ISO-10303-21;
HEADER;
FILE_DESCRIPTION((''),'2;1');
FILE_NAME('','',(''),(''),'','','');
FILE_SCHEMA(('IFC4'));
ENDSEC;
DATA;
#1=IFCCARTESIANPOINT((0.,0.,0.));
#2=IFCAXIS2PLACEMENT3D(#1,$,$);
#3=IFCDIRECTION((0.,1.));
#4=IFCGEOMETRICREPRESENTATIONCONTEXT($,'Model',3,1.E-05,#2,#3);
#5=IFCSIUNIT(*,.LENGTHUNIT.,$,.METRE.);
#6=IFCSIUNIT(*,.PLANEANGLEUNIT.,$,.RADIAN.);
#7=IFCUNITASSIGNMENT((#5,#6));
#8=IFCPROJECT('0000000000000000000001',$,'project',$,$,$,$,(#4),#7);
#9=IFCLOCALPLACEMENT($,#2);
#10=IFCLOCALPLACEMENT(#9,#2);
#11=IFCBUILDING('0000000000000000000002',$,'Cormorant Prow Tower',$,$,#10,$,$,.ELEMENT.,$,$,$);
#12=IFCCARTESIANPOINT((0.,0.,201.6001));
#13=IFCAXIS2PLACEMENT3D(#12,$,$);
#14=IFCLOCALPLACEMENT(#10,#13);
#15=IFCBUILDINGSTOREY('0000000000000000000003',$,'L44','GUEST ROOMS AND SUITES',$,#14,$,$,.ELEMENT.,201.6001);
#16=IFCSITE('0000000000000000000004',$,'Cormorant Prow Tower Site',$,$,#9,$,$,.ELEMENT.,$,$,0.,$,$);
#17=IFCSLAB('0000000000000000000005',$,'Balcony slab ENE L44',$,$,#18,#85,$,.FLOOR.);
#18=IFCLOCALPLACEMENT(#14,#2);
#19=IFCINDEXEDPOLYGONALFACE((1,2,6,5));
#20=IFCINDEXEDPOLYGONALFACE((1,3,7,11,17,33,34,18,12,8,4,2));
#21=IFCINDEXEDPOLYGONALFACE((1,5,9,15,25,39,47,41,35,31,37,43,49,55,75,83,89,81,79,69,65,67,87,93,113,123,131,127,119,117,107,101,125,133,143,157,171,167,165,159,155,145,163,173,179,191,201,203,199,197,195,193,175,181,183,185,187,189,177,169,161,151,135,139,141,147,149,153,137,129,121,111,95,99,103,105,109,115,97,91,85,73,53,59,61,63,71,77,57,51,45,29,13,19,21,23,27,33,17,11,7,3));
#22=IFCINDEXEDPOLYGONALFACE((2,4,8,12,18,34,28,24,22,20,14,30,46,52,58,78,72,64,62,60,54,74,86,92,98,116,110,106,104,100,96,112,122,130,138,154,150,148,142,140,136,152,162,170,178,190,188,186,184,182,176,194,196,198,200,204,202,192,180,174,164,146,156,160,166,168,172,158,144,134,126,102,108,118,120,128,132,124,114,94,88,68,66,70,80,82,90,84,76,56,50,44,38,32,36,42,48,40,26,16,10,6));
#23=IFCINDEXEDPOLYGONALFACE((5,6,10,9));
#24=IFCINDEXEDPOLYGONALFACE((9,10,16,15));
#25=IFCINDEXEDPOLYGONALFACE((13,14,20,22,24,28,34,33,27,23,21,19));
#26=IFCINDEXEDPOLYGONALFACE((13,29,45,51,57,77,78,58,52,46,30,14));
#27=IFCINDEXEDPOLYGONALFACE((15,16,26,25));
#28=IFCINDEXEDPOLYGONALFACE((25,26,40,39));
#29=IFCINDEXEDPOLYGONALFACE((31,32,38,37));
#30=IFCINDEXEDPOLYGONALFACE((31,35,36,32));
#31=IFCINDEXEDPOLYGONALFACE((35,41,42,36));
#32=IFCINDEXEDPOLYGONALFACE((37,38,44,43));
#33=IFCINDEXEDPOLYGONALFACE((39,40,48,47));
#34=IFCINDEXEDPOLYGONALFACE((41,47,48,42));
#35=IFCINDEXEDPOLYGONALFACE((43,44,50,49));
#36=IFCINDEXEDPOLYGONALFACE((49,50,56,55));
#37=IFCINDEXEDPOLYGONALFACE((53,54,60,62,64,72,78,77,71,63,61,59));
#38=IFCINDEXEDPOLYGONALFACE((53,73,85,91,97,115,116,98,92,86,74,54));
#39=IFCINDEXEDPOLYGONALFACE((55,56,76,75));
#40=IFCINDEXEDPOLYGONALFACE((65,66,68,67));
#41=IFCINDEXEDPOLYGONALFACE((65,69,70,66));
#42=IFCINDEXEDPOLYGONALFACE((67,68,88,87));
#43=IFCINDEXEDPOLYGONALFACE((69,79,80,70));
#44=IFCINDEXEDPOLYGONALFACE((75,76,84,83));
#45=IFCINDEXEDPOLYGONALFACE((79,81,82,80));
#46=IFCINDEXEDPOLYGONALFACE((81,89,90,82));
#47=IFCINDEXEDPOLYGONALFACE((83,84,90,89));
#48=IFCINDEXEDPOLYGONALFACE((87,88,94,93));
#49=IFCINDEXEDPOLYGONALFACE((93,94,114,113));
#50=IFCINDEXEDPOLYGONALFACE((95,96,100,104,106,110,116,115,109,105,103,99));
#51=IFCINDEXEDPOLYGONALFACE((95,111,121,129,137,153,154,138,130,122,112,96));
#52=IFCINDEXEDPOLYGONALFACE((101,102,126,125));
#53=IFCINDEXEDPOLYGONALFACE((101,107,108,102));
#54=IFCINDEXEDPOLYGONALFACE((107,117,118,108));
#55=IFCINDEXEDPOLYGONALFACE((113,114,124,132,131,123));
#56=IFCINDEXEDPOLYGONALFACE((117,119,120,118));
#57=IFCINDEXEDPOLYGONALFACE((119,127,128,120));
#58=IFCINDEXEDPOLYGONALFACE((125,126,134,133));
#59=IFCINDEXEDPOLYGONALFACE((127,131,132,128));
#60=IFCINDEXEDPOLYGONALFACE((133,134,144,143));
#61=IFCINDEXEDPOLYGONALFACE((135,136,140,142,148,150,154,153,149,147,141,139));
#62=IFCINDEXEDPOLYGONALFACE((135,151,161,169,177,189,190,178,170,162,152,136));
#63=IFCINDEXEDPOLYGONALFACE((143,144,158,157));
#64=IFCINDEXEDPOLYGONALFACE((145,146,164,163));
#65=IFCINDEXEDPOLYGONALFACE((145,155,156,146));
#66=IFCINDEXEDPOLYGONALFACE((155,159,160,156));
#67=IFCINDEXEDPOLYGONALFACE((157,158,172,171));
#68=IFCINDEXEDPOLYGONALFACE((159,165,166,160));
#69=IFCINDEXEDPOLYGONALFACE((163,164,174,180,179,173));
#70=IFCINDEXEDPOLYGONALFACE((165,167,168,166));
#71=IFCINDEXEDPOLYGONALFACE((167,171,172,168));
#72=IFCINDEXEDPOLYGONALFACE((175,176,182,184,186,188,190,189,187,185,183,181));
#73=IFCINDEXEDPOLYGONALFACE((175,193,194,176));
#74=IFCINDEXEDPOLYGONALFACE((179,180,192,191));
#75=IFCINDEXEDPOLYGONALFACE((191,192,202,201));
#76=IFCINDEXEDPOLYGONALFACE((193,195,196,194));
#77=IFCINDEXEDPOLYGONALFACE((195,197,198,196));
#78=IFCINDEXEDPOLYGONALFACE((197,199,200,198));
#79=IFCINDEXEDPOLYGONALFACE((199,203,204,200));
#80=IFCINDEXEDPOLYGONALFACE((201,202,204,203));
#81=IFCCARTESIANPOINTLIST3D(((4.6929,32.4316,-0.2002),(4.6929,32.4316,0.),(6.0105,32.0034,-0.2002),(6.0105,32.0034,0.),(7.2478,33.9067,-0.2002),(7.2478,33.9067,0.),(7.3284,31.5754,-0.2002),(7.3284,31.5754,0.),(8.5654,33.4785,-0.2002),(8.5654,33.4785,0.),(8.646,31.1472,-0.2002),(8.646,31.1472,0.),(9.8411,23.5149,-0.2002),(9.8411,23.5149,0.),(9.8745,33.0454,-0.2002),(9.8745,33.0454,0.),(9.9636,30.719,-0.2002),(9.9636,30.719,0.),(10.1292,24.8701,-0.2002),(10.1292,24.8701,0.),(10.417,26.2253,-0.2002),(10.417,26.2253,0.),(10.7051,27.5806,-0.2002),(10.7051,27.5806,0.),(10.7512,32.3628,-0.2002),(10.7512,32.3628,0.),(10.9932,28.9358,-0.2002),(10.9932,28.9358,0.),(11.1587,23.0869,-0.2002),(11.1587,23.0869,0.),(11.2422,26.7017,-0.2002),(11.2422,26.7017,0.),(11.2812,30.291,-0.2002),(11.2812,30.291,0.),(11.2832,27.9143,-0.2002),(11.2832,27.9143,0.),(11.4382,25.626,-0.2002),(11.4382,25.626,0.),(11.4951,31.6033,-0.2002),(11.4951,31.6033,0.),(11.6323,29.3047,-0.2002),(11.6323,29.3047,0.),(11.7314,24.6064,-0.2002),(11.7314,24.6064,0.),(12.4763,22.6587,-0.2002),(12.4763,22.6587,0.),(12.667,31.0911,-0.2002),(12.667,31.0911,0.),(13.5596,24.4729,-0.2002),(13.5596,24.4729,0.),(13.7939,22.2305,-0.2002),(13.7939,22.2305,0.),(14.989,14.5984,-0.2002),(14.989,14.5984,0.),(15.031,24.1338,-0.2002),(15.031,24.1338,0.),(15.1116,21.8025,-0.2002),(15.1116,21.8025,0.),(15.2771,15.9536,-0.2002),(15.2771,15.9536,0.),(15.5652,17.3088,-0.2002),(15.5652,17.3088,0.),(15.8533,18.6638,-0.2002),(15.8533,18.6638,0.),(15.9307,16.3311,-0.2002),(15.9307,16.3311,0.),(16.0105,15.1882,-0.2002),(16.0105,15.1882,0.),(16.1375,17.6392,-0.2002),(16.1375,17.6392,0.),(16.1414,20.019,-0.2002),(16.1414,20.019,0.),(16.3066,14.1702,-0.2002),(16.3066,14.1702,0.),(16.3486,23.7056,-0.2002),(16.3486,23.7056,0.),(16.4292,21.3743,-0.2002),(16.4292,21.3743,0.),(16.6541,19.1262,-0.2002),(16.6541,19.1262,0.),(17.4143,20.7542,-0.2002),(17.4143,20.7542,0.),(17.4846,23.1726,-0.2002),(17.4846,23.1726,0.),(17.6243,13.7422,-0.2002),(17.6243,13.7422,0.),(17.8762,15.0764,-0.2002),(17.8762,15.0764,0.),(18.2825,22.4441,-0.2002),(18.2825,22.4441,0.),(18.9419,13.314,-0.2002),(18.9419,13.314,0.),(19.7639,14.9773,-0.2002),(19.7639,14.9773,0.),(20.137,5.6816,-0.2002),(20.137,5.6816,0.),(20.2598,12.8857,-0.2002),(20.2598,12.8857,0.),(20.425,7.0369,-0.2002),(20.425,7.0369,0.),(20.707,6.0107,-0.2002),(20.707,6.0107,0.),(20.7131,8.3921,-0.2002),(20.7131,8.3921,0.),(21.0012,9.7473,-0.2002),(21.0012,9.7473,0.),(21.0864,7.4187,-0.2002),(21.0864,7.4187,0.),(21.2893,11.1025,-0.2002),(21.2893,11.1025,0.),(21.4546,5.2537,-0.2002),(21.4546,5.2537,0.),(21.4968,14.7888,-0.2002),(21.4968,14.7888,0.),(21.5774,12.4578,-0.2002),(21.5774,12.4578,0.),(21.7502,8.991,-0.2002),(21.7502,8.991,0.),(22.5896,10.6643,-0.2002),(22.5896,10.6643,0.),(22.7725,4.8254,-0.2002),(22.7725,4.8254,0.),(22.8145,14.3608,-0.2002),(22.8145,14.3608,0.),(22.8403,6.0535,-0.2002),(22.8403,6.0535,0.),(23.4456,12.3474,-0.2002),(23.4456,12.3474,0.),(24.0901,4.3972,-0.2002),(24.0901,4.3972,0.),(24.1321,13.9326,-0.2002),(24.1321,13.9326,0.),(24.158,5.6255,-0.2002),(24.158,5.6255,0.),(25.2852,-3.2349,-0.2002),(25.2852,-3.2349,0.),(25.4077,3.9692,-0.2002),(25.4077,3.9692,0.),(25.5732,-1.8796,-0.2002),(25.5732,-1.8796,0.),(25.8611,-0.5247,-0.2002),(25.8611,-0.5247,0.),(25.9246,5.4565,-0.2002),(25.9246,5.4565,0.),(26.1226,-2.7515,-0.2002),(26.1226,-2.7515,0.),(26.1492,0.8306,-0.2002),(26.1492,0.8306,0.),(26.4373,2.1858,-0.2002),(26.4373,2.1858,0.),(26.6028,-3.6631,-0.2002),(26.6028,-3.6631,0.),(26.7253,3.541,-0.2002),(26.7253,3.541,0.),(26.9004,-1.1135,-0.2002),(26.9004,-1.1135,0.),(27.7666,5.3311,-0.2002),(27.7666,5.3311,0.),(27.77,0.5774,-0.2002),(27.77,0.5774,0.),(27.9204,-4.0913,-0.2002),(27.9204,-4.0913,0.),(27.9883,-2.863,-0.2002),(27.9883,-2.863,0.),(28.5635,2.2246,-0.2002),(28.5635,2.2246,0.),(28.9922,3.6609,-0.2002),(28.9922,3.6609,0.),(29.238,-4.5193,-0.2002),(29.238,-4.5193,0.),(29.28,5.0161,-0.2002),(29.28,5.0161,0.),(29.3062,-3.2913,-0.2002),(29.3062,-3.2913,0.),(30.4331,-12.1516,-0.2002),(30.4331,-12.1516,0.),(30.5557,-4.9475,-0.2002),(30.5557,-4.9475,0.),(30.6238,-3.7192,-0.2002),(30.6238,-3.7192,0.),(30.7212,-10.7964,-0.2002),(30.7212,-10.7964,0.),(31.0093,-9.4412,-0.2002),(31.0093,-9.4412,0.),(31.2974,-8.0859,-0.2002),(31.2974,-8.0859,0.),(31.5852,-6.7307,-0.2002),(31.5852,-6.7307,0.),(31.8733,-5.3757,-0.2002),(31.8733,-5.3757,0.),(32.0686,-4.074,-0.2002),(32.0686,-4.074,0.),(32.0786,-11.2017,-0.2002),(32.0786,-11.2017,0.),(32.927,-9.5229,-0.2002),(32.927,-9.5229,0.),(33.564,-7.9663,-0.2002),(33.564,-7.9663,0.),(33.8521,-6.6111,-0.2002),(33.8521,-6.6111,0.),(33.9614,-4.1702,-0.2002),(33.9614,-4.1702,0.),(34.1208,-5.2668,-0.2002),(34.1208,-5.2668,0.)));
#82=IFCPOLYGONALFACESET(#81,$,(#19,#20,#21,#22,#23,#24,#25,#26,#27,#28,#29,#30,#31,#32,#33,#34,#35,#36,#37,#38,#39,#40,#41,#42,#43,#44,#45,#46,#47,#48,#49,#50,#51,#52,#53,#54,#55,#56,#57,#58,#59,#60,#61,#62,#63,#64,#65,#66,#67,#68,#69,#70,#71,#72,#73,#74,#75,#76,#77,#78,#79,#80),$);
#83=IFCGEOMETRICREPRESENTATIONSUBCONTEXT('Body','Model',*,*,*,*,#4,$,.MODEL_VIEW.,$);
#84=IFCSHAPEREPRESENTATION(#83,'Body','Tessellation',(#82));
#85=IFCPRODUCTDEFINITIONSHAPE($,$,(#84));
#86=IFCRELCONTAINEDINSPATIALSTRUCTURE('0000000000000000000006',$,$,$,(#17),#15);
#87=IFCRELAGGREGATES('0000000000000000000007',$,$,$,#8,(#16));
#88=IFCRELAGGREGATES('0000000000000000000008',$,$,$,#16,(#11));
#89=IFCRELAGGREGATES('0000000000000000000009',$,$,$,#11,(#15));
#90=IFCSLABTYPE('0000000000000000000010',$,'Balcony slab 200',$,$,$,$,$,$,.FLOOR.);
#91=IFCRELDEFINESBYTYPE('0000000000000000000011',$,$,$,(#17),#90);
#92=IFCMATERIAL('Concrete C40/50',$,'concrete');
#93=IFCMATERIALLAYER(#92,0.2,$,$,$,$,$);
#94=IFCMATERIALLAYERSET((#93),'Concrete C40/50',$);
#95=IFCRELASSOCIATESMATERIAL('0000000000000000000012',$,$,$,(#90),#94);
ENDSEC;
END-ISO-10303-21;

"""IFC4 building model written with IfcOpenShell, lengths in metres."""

from ifc_helpers import new_model, si_unit, direction, frame, origin, place, context, subcontext, project, spatial, polyline, outline, extrude, material, layer, layer_set, type_object, element, save


model = new_model("IFC4")

# Units and contexts
model_context = context("Model", 3, precision=1e-05, world=origin(), true_north=direction((0.0, 1.0)))
body_context = subcontext(model_context, "Body", "Model", "MODEL_VIEW")
ifc_project = project(units=[si_unit("LENGTHUNIT", "METRE"), si_unit("PLANEANGLEUNIT", "RADIAN")], contexts=[model_context])

# Site, building, storey
site_placement = place(None, origin())
site = spatial("IfcSite", under=ifc_project, at=site_placement, Name="Cormorant Prow Tower Site", CompositionType="ELEMENT", RefElevation=0.0)
building_placement = place(site_placement, origin())
building = spatial("IfcBuilding", under=site, at=building_placement, Name="Cormorant Prow Tower", CompositionType="ELEMENT")
storey_placement = place(building_placement, frame((0.0, 0.0, 201.6001)))
storey = spatial("IfcBuildingStorey", under=building, at=storey_placement, Name="L44", Description="GUEST ROOMS AND SUITES", CompositionType="ELEMENT", Elevation=201.6001)

# Slab
ifc_material_1 = material(Name="Concrete C40/50", Category="concrete")
ifc_layer_1 = layer(ifc_material_1, 0.2)
ifc_layer_set_1 = layer_set([ifc_layer_1], Name="Concrete C40/50")
slab_type_1 = type_object("IfcSlabType", Name="Balcony slab 200", PredefinedType="FLOOR", material=ifc_layer_set_1)
slab_1_placement = place(storey_placement, frame((0.0, 0.0, -0.2002)))
element("IfcSlab", 1, at=slab_1_placement, inside=storey, type_object=slab_type_1, Name="Balcony slab ENE L44", PredefinedType="FLOOR", context=body_context, shape_type="SweptSolid", body=[
    extrude(outline(polyline([(30.4331, -12.1516), (32.0786, -11.2017), (32.927, -9.5229), (33.564, -7.9663), (33.8521, -6.6111), (34.1208, -5.2668), (33.9614, -4.1702), (32.0686, -4.074), (30.6238, -3.7192), (29.3062, -3.2913), (27.9883, -2.863), (26.1226, -2.7515), (26.9004, -1.1135), (27.77, 0.5774), (28.5635, 2.2246), (28.9922, 3.6609), (29.28, 5.0161), (27.7666, 5.3311), (25.9246, 5.4565), (24.158, 5.6255), (22.8403, 6.0535), (20.707, 6.0107), (21.0864, 7.4187), (21.7502, 8.991), (22.5896, 10.6643), (23.4456, 12.3474), (24.1321, 13.9326), (22.8145, 14.3608), (21.4968, 14.7888), (19.7639, 14.9773), (17.8762, 15.0764), (16.0105, 15.1882), (15.9307, 16.3311), (16.1375, 17.6392), (16.6541, 19.1262), (17.4143, 20.7542), (18.2825, 22.4441), (17.4846, 23.1726), (16.3486, 23.7056), (15.031, 24.1338), (13.5596, 24.4729), (11.7314, 24.6064), (11.4382, 25.626), (11.2422, 26.7017), (11.2832, 27.9143), (11.6323, 29.3047), (12.667, 31.0911), (11.4951, 31.6033), (10.7512, 32.3628), (9.8745, 33.0454), (8.5654, 33.4785), (7.2478, 33.9067), (4.6929, 32.4316), (6.0105, 32.0034), (7.3284, 31.5754), (8.646, 31.1472), (9.9636, 30.719), (11.2812, 30.291), (10.9932, 28.9358), (10.7051, 27.5806), (10.417, 26.2253), (10.1292, 24.8701), (9.8411, 23.5149), (11.1587, 23.0869), (12.4763, 22.6587), (13.7939, 22.2305), (15.1116, 21.8025), (16.4292, 21.3743), (16.1414, 20.019), (15.8533, 18.6638), (15.5652, 17.3088), (15.2771, 15.9536), (14.989, 14.5984), (16.3066, 14.1702), (17.6243, 13.7422), (18.9419, 13.314), (20.2598, 12.8857), (21.5774, 12.4578), (21.2893, 11.1025), (21.0012, 9.7473), (20.7131, 8.3921), (20.425, 7.0369), (20.137, 5.6816), (21.4546, 5.2537), (22.7725, 4.8254), (24.0901, 4.3972), (25.4077, 3.9692), (26.7253, 3.541), (26.4373, 2.1858), (26.1492, 0.8306), (25.8611, -0.5247), (25.5732, -1.8796), (25.2852, -3.2349), (26.6028, -3.6631), (27.9204, -4.0913), (29.238, -4.5193), (30.5557, -4.9475), (31.8733, -5.3757), (31.5852, -6.7307), (31.2974, -8.0859), (31.0093, -9.4412), (30.7212, -10.7964), (30.4331, -12.1516)])), origin(), (0.0, 0.0, 1.0), 0.2002),
])

save(model, "model.ifc")
